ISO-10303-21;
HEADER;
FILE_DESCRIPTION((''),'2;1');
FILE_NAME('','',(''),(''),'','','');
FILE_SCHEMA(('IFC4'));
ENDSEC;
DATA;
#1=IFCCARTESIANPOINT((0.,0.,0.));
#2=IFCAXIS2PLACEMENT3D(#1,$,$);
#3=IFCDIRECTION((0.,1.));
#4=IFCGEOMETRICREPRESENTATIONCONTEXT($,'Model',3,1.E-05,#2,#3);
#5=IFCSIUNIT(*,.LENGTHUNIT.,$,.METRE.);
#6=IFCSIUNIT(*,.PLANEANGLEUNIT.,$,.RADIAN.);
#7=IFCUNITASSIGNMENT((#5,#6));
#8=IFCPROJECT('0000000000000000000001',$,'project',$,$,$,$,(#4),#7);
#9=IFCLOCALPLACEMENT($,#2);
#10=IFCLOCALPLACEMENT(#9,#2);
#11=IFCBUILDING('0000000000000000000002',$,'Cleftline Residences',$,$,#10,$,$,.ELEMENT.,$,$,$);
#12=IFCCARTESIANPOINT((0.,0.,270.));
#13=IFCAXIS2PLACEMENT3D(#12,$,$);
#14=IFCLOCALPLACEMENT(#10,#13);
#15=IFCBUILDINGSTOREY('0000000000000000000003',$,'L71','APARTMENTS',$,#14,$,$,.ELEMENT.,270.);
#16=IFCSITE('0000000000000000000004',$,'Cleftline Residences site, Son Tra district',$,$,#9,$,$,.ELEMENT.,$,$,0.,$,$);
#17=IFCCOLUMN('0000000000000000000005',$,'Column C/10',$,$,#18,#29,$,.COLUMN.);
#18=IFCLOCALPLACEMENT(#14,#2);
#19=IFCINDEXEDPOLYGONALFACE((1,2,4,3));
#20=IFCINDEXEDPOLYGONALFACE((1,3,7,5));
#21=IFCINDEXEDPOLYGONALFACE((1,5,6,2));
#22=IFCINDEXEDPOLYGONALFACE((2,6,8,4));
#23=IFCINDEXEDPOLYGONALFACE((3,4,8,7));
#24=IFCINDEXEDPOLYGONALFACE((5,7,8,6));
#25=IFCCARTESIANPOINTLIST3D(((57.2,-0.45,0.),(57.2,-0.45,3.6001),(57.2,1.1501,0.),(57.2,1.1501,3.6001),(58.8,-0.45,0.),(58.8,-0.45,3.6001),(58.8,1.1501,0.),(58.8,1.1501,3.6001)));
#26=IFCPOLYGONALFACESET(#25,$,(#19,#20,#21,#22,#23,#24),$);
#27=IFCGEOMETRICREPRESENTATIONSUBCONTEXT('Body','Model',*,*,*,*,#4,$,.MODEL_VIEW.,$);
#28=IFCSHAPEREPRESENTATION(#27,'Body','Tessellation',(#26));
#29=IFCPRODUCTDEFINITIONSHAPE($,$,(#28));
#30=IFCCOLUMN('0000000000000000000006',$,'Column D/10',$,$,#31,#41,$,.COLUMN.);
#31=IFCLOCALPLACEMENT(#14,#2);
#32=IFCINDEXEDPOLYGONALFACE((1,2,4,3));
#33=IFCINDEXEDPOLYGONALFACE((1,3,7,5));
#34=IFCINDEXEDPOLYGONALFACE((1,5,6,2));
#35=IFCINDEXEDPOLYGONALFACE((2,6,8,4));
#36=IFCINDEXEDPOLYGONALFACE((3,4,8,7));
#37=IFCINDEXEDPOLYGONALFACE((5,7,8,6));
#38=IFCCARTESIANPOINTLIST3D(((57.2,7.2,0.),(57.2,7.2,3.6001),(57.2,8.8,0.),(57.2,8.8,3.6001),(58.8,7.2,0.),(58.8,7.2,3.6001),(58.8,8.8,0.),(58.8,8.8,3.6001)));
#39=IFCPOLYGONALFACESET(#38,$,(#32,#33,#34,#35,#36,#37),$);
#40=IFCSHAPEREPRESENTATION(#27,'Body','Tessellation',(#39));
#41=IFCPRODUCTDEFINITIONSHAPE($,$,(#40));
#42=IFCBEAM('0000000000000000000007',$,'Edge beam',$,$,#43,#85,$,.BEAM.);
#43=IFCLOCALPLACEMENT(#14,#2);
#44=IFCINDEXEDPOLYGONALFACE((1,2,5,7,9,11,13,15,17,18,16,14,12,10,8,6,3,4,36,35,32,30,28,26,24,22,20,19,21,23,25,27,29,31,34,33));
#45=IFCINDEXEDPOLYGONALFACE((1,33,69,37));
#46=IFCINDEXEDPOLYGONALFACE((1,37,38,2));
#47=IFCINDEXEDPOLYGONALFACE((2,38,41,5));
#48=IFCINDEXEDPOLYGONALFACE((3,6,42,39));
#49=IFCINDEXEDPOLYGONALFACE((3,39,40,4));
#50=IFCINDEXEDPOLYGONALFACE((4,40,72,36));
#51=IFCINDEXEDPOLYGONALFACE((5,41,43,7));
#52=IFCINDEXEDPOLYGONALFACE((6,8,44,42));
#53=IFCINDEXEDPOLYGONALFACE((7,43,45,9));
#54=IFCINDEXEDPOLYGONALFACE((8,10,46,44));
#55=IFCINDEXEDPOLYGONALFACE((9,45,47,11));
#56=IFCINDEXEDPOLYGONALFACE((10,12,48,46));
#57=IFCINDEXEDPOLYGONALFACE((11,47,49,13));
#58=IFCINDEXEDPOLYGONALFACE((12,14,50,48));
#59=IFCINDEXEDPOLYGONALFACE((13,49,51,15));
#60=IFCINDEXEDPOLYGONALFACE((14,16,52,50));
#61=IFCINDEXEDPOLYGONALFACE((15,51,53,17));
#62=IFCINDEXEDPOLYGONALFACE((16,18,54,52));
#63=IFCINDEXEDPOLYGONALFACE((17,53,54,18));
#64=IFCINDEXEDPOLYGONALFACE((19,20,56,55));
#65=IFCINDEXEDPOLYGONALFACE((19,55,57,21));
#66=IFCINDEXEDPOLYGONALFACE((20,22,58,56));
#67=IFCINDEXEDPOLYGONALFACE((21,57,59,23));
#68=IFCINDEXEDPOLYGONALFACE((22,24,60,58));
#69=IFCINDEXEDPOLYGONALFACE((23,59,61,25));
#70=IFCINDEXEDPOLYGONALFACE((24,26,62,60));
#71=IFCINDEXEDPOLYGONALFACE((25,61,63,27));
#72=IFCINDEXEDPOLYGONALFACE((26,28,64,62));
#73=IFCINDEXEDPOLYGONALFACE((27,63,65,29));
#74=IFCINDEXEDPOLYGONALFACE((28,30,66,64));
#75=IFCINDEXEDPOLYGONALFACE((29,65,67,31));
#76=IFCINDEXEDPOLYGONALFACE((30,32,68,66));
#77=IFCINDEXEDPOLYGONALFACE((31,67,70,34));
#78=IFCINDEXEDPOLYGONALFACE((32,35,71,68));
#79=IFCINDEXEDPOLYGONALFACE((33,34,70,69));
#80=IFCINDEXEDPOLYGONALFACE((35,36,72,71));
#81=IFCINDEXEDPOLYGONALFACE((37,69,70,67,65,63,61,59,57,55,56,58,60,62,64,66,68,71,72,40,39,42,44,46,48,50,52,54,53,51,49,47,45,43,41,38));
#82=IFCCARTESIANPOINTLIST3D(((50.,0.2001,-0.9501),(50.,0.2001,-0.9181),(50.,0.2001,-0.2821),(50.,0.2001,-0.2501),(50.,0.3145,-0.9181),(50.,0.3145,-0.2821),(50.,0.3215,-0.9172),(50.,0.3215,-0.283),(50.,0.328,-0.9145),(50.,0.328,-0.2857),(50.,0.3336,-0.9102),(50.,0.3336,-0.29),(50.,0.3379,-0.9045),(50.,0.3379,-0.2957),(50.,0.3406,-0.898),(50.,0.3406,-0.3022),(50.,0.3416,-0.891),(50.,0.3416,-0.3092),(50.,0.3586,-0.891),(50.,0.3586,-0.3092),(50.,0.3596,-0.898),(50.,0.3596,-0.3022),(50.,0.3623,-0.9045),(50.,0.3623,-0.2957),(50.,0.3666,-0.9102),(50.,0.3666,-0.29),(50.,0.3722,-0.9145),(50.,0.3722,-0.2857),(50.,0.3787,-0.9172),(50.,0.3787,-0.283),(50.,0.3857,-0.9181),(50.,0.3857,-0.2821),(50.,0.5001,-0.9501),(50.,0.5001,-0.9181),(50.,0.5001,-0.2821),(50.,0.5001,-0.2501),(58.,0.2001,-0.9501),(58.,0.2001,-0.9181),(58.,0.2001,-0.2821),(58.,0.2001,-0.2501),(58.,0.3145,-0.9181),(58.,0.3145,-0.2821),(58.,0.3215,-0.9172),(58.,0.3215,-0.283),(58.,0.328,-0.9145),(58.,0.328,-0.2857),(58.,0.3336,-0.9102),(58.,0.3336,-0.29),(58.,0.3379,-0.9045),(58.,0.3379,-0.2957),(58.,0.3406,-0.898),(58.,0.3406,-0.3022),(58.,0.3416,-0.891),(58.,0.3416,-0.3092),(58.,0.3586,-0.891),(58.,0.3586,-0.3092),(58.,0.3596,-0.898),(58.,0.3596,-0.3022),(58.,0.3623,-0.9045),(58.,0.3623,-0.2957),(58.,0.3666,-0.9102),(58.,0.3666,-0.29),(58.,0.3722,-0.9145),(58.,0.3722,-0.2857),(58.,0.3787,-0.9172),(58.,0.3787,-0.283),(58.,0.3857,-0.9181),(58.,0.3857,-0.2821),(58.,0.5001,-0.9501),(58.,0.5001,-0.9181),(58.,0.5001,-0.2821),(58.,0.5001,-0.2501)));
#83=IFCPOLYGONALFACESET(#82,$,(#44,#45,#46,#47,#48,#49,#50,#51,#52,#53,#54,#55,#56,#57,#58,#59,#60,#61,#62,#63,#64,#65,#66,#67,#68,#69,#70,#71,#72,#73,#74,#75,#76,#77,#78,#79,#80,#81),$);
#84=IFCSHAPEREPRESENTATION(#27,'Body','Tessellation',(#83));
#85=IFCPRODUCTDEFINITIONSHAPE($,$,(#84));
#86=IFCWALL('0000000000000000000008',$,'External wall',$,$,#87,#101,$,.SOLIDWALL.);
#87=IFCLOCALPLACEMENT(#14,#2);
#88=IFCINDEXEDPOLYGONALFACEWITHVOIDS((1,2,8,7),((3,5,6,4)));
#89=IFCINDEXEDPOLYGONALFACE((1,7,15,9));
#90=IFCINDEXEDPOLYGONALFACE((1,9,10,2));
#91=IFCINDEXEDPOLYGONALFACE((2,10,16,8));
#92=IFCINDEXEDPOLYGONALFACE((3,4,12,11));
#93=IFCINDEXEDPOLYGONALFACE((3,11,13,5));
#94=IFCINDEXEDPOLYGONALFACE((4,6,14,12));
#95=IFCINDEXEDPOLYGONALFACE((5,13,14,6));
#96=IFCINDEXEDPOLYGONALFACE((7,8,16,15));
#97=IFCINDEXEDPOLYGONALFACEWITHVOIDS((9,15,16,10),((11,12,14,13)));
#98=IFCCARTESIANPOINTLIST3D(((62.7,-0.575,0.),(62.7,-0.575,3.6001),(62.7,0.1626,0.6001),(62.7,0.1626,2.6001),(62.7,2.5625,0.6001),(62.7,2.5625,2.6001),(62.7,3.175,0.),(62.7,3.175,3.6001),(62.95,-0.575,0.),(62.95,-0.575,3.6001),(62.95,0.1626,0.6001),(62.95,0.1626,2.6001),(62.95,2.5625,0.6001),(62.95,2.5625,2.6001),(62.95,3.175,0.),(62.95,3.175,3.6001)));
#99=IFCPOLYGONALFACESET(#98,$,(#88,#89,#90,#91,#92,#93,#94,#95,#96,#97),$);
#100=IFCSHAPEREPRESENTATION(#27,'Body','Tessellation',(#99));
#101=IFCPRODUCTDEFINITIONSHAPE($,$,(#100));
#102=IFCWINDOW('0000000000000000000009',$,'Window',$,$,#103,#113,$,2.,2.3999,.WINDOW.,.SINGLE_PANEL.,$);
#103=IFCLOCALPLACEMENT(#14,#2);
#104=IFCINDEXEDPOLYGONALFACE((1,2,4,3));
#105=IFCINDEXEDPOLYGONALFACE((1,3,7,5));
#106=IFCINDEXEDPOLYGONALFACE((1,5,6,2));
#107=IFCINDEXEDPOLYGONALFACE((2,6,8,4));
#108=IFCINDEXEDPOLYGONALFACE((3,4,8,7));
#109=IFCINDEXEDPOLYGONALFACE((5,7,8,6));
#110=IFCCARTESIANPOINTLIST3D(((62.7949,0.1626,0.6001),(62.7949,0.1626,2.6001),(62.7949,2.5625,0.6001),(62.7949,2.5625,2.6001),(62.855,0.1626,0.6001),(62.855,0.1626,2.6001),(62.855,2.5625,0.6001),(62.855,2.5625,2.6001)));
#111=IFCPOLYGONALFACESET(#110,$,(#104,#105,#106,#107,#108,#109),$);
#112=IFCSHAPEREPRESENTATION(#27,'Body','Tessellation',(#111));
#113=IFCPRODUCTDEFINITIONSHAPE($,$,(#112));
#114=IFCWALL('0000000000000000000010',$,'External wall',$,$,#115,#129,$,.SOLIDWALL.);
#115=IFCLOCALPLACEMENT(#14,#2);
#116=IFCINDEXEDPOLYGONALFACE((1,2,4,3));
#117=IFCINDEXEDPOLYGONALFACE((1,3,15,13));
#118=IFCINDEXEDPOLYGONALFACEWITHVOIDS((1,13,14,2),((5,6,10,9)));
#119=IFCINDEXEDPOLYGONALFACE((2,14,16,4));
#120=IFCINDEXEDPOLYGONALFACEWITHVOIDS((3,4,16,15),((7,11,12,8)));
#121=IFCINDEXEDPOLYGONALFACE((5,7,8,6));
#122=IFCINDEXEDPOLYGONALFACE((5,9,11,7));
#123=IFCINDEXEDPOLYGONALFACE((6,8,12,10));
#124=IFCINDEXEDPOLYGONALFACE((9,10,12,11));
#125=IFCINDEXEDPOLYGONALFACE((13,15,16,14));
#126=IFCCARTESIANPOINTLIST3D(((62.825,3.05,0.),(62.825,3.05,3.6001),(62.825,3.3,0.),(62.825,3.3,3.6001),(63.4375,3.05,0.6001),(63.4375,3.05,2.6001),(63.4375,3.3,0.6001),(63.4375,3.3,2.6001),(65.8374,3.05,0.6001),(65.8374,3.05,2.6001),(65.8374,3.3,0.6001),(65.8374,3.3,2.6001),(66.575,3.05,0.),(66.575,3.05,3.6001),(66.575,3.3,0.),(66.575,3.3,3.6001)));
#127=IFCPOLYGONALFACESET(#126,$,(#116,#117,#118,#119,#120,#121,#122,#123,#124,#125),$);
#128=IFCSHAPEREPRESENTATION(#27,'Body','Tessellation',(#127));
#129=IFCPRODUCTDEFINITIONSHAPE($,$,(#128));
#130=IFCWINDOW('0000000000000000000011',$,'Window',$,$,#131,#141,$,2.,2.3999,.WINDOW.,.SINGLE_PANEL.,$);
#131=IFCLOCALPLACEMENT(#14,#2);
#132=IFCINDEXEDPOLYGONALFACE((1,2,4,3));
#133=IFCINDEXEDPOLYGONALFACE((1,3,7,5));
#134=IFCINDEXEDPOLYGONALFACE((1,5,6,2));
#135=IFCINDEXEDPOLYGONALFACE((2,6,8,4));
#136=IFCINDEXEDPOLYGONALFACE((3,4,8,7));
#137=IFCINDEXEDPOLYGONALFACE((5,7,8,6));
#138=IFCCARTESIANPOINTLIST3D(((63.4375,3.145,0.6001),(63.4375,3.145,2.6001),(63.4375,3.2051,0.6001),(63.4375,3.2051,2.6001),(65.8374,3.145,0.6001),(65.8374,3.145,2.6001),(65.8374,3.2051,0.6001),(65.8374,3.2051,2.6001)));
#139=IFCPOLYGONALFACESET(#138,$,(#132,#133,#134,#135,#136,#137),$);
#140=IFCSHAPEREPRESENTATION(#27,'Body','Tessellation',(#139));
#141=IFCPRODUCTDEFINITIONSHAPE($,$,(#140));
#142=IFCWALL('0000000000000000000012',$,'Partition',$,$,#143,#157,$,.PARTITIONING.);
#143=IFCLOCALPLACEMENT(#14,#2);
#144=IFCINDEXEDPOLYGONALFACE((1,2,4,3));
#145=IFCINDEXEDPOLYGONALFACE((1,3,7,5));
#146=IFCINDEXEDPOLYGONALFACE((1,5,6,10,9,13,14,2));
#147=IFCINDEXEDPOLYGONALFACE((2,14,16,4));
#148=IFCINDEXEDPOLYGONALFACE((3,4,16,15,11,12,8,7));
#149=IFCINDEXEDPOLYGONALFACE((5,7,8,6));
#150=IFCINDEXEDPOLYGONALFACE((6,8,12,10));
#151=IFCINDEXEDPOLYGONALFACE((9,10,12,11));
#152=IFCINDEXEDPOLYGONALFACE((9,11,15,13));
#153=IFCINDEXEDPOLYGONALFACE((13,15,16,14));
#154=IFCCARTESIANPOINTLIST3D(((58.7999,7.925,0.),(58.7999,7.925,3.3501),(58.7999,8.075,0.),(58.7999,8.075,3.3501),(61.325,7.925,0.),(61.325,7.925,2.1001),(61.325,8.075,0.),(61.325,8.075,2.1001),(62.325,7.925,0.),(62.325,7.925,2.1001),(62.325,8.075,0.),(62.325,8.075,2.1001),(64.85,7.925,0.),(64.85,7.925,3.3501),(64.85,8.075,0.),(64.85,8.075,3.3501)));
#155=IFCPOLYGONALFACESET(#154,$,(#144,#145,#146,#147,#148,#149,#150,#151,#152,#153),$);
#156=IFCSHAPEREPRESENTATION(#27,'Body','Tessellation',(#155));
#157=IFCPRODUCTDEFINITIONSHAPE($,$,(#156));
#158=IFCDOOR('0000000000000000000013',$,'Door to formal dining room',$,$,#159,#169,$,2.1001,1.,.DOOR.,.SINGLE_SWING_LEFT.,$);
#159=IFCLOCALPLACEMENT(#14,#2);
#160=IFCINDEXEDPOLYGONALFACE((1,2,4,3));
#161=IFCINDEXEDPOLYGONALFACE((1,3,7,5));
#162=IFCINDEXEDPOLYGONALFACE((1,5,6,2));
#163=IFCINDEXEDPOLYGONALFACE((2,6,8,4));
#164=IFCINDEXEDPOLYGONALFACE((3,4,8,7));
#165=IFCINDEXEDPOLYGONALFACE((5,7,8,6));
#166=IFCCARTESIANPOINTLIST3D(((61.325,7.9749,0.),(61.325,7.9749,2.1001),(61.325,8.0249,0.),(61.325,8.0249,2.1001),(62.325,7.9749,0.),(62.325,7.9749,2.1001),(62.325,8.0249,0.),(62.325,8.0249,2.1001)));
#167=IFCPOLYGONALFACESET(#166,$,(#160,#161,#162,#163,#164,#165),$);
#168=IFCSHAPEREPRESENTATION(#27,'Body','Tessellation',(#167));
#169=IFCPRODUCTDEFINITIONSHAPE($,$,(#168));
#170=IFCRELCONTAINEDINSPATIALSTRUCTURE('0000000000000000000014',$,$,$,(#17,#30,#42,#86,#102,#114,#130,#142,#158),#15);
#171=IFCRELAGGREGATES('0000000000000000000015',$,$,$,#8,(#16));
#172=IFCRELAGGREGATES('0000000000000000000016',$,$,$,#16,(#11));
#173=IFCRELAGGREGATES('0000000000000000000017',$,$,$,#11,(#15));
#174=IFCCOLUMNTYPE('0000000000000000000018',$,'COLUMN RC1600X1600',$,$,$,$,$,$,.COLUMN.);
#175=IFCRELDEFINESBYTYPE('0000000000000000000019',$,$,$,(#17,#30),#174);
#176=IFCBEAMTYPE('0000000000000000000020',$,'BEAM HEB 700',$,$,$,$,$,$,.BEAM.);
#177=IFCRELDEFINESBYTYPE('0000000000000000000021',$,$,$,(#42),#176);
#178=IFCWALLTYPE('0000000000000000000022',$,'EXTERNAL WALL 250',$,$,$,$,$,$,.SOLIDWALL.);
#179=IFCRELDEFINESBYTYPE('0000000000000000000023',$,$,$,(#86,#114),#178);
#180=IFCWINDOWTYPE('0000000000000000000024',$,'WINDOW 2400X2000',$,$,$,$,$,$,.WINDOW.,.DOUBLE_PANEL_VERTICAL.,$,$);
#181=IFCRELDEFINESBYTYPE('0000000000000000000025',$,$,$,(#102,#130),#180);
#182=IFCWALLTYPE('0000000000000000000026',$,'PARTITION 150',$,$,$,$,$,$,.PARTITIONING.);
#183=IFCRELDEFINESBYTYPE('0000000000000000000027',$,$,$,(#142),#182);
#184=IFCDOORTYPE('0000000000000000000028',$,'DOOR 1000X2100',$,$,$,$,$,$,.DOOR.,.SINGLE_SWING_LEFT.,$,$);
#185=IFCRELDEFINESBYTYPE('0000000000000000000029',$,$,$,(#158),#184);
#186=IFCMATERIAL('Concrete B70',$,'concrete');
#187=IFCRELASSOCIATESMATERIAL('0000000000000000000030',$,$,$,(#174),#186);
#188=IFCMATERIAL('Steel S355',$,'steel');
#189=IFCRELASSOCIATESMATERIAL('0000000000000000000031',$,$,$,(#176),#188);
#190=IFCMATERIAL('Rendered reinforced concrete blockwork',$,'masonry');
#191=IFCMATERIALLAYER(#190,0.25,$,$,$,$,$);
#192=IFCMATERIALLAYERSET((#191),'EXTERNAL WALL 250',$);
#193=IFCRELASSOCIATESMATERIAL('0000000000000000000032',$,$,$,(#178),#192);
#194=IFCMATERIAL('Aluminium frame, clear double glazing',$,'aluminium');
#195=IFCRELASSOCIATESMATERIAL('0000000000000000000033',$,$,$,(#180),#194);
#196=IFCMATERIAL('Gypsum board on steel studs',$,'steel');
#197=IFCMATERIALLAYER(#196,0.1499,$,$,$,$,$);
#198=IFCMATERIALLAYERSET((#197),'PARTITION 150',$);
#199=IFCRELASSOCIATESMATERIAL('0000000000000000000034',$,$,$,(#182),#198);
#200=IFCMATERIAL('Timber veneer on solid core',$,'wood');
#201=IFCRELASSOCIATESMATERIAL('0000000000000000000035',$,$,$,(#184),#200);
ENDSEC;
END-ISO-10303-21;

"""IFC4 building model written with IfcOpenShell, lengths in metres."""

from ifc_helpers import new_model, si_unit, direction, frame, frame_2d, origin, origin_2d, place, context, subcontext, project, spatial, rectangle, i_section, extrude, material, layer, layer_set, material_profile, profile_set, type_object, element, fill, save


model = new_model("IFC4")

# Units and contexts
model_context = context("Model", 3, precision=1e-05, world=origin(), true_north=direction((0.0, 1.0)))
body_context = subcontext(model_context, "Body", "Model", "MODEL_VIEW")
ifc_project = project(units=[si_unit("LENGTHUNIT", "METRE"), si_unit("PLANEANGLEUNIT", "RADIAN")], contexts=[model_context])

# Site, building, storey
site_placement = place(None, origin())
site = spatial("IfcSite", under=ifc_project, at=site_placement, Name="Cleftline Residences site, Son Tra district", CompositionType="ELEMENT", RefElevation=0.0)
building_placement = place(site_placement, origin())
building = spatial("IfcBuilding", under=site, at=building_placement, Name="Cleftline Residences", CompositionType="ELEMENT")
storey_placement = place(building_placement, frame((0.0, 0.0, 270.0)))
storey = spatial("IfcBuildingStorey", under=building, at=storey_placement, Name="L71", Description="APARTMENTS", CompositionType="ELEMENT", Elevation=270.0)

# Columns
ifc_material_1 = material(Name="Concrete B70", Category="concrete")
ifc_material_profile_1 = material_profile(ifc_material_1, rectangle(XDim=1.6001, YDim=1.6001, at=origin_2d()))
ifc_profile_set_1 = profile_set([ifc_material_profile_1], Name="Concrete B70")
column_type = type_object("IfcColumnType", Name="COLUMN RC1600X1600", PredefinedType="COLUMN", material=ifc_profile_set_1)
for number, where, z_axis, x_axis, name in (
    (1, (58.0, 0.3501, 0.0), (0.0, 0.0, 1.0), (1.0, 0.0, 0.0), "Column C/10"),
    (2, (58.0, 8.0, 0.0), (0.0, 0.0, 1.0), (1.0, 0.0, 0.0), "Column D/10"),
):
    element("IfcColumn", number, at=place(storey_placement, frame(where, z_axis=z_axis, x_axis=x_axis)), inside=storey, type_object=column_type, Name=name, PredefinedType="COLUMN", context=body_context, shape_type="SweptSolid", body=[
        extrude(rectangle(XDim=1.6001, YDim=1.6001, at=origin_2d()), origin(), (0.0, 0.0, 1.0), 3.6001),
    ])

# Beam
ifc_material_2 = material(Name="Steel S355", Category="steel")
ifc_material_profile_2 = material_profile(ifc_material_2, i_section(OverallWidth=0.3, OverallDepth=0.7, WebThickness=0.0171, FlangeThickness=0.032, FilletRadius=0.0271, at=origin_2d()))
ifc_profile_set_2 = profile_set([ifc_material_profile_2], Name="Steel S355")
beam_type = type_object("IfcBeamType", Name="BEAM HEB 700", PredefinedType="BEAM", material=ifc_profile_set_2)
beam_placement = place(storey_placement, frame((58.0, 0.3501, -0.6001), z_axis=(-1.0, 0.0, 0.0), x_axis=(0.0, -1.0, 0.0)))
element("IfcBeam", 3, at=beam_placement, inside=storey, type_object=beam_type, Name="Edge beam", PredefinedType="BEAM", context=body_context, shape_type="SweptSolid", body=[
    extrude(i_section(OverallWidth=0.3, OverallDepth=0.7, WebThickness=0.0171, FlangeThickness=0.032, FilletRadius=0.0271, at=origin_2d()), origin(), (0.0, 0.0, 1.0), 8.0),
])

# Walls, openings, windows
ifc_material_3 = material(Name="Rendered reinforced concrete blockwork", Category="masonry")
ifc_layer_1 = layer(ifc_material_3, 0.25)
ifc_layer_set_1 = layer_set([ifc_layer_1], Name="EXTERNAL WALL 250")
wall_type_1 = type_object("IfcWallType", Name="EXTERNAL WALL 250", PredefinedType="SOLIDWALL", material=ifc_layer_set_1)
wall_1_placement = place(storey_placement, frame((62.825, -0.575, 0.0), z_axis=(0.0, 0.0, 1.0), x_axis=(0.0, 1.0, 0.0)))
wall_1 = element("IfcWall", 4, at=wall_1_placement, inside=storey, type_object=wall_type_1, Name="External wall", PredefinedType="SOLIDWALL", context=body_context, shape_type="SweptSolid", body=[
    extrude(rectangle(XDim=3.75, YDim=0.25, at=frame_2d((1.875, 0.0))), origin(), (0.0, 0.0, 1.0), 3.6001),
])
opening_1_placement = place(wall_1_placement, frame((0.7375, 0.0, 0.6001)))
opening_1 = element("IfcOpeningElement", 5, at=opening_1_placement, cuts=wall_1, PredefinedType="OPENING", context=body_context, shape_type="SweptSolid", body=[
    extrude(rectangle(XDim=2.3999, YDim=2.0, at=frame_2d((1.2, 1.0))), frame((0.0, 0.135, 0.0), z_axis=(0.0, -1.0, 0.0), x_axis=(1.0, 0.0, 0.0)), (0.0, 0.0, 1.0), 0.27),
])
ifc_material_4 = material(Name="Aluminium frame, clear double glazing", Category="aluminium")
window_type = type_object("IfcWindowType", Name="WINDOW 2400X2000", PartitioningType="DOUBLE_PANEL_VERTICAL", PredefinedType="WINDOW", material=ifc_material_4)
window_1_placement = place(opening_1_placement, origin())
window_1 = element("IfcWindow", 6, at=window_1_placement, inside=storey, type_object=window_type, Name="Window", OverallHeight=2.0, OverallWidth=2.3999, PartitioningType="SINGLE_PANEL", PredefinedType="WINDOW", context=body_context, shape_type="SweptSolid", body=[
    extrude(rectangle(XDim=2.3999, YDim=2.0, at=frame_2d((1.2, 1.0))), frame((0.0, 0.03, 0.0), z_axis=(0.0, -1.0, 0.0), x_axis=(1.0, 0.0, 0.0)), (0.0, 0.0, 1.0), 0.0601),
])
fill(opening_1, window_1)
wall_2_placement = place(storey_placement, frame((62.825, 3.175, 0.0), z_axis=(0.0, 0.0, 1.0), x_axis=(1.0, 0.0, 0.0)))
wall_2 = element("IfcWall", 7, at=wall_2_placement, inside=storey, type_object=wall_type_1, Name="External wall", PredefinedType="SOLIDWALL", context=body_context, shape_type="SweptSolid", body=[
    extrude(rectangle(XDim=3.75, YDim=0.25, at=frame_2d((1.875, 0.0))), origin(), (0.0, 0.0, 1.0), 3.6001),
])
opening_2_placement = place(wall_2_placement, frame((0.6125, 0.0, 0.6001)))
opening_2 = element("IfcOpeningElement", 8, at=opening_2_placement, cuts=wall_2, PredefinedType="OPENING", context=body_context, shape_type="SweptSolid", body=[
    extrude(rectangle(XDim=2.3999, YDim=2.0, at=frame_2d((1.2, 1.0))), frame((0.0, 0.135, 0.0), z_axis=(0.0, -1.0, 0.0), x_axis=(1.0, 0.0, 0.0)), (0.0, 0.0, 1.0), 0.27),
])
window_2_placement = place(opening_2_placement, origin())
window_2 = element("IfcWindow", 9, at=window_2_placement, inside=storey, type_object=window_type, Name="Window", OverallHeight=2.0, OverallWidth=2.3999, PartitioningType="SINGLE_PANEL", PredefinedType="WINDOW", context=body_context, shape_type="SweptSolid", body=[
    extrude(rectangle(XDim=2.3999, YDim=2.0, at=frame_2d((1.2, 1.0))), frame((0.0, 0.03, 0.0), z_axis=(0.0, -1.0, 0.0), x_axis=(1.0, 0.0, 0.0)), (0.0, 0.0, 1.0), 0.0601),
])
fill(opening_2, window_2)

# Wall, opening, door
ifc_material_5 = material(Name="Gypsum board on steel studs", Category="steel")
ifc_layer_2 = layer(ifc_material_5, 0.1499)
ifc_layer_set_2 = layer_set([ifc_layer_2], Name="PARTITION 150")
wall_type_2 = type_object("IfcWallType", Name="PARTITION 150", PredefinedType="PARTITIONING", material=ifc_layer_set_2)
wall_3_placement = place(storey_placement, frame((58.8, 8.0, 0.0), z_axis=(0.0, 0.0, 1.0), x_axis=(1.0, 0.0, 0.0)))
wall_3 = element("IfcWall", 10, at=wall_3_placement, inside=storey, type_object=wall_type_2, Name="Partition", PredefinedType="PARTITIONING", context=body_context, shape_type="SweptSolid", body=[
    extrude(rectangle(XDim=6.05, YDim=0.1499, at=frame_2d((3.0249, 0.0))), origin(), (0.0, 0.0, 1.0), 3.3501),
])
opening_3_placement = place(wall_3_placement, frame((2.5249, 0.0, 0.0)))
opening_3 = element("IfcOpeningElement", 11, at=opening_3_placement, cuts=wall_3, PredefinedType="OPENING", context=body_context, shape_type="SweptSolid", body=[
    extrude(rectangle(XDim=1.0, YDim=2.1001, at=frame_2d((0.5, 1.05))), frame((0.0, 0.085, 0.0), z_axis=(0.0, -1.0, 0.0), x_axis=(1.0, 0.0, 0.0)), (0.0, 0.0, 1.0), 0.1699),
])
ifc_material_6 = material(Name="Timber veneer on solid core", Category="wood")
door_type_1 = type_object("IfcDoorType", Name="DOOR 1000X2100", OperationType="SINGLE_SWING_LEFT", PredefinedType="DOOR", material=ifc_material_6)
door_1_placement = place(opening_3_placement, origin())
door_1 = element("IfcDoor", 12, at=door_1_placement, inside=storey, type_object=door_type_1, Name="Door to formal dining room", OperationType="SINGLE_SWING_LEFT", OverallHeight=2.1001, OverallWidth=1.0, PredefinedType="DOOR", context=body_context, shape_type="SweptSolid", body=[
    extrude(rectangle(XDim=1.0, YDim=2.1001, at=frame_2d((0.5, 1.05))), frame((0.0, 0.0249, 0.0), z_axis=(0.0, -1.0, 0.0), x_axis=(1.0, 0.0, 0.0)), (0.0, 0.0, 1.0), 0.05),
])
fill(opening_3, door_1)

save(model, "model.ifc")
